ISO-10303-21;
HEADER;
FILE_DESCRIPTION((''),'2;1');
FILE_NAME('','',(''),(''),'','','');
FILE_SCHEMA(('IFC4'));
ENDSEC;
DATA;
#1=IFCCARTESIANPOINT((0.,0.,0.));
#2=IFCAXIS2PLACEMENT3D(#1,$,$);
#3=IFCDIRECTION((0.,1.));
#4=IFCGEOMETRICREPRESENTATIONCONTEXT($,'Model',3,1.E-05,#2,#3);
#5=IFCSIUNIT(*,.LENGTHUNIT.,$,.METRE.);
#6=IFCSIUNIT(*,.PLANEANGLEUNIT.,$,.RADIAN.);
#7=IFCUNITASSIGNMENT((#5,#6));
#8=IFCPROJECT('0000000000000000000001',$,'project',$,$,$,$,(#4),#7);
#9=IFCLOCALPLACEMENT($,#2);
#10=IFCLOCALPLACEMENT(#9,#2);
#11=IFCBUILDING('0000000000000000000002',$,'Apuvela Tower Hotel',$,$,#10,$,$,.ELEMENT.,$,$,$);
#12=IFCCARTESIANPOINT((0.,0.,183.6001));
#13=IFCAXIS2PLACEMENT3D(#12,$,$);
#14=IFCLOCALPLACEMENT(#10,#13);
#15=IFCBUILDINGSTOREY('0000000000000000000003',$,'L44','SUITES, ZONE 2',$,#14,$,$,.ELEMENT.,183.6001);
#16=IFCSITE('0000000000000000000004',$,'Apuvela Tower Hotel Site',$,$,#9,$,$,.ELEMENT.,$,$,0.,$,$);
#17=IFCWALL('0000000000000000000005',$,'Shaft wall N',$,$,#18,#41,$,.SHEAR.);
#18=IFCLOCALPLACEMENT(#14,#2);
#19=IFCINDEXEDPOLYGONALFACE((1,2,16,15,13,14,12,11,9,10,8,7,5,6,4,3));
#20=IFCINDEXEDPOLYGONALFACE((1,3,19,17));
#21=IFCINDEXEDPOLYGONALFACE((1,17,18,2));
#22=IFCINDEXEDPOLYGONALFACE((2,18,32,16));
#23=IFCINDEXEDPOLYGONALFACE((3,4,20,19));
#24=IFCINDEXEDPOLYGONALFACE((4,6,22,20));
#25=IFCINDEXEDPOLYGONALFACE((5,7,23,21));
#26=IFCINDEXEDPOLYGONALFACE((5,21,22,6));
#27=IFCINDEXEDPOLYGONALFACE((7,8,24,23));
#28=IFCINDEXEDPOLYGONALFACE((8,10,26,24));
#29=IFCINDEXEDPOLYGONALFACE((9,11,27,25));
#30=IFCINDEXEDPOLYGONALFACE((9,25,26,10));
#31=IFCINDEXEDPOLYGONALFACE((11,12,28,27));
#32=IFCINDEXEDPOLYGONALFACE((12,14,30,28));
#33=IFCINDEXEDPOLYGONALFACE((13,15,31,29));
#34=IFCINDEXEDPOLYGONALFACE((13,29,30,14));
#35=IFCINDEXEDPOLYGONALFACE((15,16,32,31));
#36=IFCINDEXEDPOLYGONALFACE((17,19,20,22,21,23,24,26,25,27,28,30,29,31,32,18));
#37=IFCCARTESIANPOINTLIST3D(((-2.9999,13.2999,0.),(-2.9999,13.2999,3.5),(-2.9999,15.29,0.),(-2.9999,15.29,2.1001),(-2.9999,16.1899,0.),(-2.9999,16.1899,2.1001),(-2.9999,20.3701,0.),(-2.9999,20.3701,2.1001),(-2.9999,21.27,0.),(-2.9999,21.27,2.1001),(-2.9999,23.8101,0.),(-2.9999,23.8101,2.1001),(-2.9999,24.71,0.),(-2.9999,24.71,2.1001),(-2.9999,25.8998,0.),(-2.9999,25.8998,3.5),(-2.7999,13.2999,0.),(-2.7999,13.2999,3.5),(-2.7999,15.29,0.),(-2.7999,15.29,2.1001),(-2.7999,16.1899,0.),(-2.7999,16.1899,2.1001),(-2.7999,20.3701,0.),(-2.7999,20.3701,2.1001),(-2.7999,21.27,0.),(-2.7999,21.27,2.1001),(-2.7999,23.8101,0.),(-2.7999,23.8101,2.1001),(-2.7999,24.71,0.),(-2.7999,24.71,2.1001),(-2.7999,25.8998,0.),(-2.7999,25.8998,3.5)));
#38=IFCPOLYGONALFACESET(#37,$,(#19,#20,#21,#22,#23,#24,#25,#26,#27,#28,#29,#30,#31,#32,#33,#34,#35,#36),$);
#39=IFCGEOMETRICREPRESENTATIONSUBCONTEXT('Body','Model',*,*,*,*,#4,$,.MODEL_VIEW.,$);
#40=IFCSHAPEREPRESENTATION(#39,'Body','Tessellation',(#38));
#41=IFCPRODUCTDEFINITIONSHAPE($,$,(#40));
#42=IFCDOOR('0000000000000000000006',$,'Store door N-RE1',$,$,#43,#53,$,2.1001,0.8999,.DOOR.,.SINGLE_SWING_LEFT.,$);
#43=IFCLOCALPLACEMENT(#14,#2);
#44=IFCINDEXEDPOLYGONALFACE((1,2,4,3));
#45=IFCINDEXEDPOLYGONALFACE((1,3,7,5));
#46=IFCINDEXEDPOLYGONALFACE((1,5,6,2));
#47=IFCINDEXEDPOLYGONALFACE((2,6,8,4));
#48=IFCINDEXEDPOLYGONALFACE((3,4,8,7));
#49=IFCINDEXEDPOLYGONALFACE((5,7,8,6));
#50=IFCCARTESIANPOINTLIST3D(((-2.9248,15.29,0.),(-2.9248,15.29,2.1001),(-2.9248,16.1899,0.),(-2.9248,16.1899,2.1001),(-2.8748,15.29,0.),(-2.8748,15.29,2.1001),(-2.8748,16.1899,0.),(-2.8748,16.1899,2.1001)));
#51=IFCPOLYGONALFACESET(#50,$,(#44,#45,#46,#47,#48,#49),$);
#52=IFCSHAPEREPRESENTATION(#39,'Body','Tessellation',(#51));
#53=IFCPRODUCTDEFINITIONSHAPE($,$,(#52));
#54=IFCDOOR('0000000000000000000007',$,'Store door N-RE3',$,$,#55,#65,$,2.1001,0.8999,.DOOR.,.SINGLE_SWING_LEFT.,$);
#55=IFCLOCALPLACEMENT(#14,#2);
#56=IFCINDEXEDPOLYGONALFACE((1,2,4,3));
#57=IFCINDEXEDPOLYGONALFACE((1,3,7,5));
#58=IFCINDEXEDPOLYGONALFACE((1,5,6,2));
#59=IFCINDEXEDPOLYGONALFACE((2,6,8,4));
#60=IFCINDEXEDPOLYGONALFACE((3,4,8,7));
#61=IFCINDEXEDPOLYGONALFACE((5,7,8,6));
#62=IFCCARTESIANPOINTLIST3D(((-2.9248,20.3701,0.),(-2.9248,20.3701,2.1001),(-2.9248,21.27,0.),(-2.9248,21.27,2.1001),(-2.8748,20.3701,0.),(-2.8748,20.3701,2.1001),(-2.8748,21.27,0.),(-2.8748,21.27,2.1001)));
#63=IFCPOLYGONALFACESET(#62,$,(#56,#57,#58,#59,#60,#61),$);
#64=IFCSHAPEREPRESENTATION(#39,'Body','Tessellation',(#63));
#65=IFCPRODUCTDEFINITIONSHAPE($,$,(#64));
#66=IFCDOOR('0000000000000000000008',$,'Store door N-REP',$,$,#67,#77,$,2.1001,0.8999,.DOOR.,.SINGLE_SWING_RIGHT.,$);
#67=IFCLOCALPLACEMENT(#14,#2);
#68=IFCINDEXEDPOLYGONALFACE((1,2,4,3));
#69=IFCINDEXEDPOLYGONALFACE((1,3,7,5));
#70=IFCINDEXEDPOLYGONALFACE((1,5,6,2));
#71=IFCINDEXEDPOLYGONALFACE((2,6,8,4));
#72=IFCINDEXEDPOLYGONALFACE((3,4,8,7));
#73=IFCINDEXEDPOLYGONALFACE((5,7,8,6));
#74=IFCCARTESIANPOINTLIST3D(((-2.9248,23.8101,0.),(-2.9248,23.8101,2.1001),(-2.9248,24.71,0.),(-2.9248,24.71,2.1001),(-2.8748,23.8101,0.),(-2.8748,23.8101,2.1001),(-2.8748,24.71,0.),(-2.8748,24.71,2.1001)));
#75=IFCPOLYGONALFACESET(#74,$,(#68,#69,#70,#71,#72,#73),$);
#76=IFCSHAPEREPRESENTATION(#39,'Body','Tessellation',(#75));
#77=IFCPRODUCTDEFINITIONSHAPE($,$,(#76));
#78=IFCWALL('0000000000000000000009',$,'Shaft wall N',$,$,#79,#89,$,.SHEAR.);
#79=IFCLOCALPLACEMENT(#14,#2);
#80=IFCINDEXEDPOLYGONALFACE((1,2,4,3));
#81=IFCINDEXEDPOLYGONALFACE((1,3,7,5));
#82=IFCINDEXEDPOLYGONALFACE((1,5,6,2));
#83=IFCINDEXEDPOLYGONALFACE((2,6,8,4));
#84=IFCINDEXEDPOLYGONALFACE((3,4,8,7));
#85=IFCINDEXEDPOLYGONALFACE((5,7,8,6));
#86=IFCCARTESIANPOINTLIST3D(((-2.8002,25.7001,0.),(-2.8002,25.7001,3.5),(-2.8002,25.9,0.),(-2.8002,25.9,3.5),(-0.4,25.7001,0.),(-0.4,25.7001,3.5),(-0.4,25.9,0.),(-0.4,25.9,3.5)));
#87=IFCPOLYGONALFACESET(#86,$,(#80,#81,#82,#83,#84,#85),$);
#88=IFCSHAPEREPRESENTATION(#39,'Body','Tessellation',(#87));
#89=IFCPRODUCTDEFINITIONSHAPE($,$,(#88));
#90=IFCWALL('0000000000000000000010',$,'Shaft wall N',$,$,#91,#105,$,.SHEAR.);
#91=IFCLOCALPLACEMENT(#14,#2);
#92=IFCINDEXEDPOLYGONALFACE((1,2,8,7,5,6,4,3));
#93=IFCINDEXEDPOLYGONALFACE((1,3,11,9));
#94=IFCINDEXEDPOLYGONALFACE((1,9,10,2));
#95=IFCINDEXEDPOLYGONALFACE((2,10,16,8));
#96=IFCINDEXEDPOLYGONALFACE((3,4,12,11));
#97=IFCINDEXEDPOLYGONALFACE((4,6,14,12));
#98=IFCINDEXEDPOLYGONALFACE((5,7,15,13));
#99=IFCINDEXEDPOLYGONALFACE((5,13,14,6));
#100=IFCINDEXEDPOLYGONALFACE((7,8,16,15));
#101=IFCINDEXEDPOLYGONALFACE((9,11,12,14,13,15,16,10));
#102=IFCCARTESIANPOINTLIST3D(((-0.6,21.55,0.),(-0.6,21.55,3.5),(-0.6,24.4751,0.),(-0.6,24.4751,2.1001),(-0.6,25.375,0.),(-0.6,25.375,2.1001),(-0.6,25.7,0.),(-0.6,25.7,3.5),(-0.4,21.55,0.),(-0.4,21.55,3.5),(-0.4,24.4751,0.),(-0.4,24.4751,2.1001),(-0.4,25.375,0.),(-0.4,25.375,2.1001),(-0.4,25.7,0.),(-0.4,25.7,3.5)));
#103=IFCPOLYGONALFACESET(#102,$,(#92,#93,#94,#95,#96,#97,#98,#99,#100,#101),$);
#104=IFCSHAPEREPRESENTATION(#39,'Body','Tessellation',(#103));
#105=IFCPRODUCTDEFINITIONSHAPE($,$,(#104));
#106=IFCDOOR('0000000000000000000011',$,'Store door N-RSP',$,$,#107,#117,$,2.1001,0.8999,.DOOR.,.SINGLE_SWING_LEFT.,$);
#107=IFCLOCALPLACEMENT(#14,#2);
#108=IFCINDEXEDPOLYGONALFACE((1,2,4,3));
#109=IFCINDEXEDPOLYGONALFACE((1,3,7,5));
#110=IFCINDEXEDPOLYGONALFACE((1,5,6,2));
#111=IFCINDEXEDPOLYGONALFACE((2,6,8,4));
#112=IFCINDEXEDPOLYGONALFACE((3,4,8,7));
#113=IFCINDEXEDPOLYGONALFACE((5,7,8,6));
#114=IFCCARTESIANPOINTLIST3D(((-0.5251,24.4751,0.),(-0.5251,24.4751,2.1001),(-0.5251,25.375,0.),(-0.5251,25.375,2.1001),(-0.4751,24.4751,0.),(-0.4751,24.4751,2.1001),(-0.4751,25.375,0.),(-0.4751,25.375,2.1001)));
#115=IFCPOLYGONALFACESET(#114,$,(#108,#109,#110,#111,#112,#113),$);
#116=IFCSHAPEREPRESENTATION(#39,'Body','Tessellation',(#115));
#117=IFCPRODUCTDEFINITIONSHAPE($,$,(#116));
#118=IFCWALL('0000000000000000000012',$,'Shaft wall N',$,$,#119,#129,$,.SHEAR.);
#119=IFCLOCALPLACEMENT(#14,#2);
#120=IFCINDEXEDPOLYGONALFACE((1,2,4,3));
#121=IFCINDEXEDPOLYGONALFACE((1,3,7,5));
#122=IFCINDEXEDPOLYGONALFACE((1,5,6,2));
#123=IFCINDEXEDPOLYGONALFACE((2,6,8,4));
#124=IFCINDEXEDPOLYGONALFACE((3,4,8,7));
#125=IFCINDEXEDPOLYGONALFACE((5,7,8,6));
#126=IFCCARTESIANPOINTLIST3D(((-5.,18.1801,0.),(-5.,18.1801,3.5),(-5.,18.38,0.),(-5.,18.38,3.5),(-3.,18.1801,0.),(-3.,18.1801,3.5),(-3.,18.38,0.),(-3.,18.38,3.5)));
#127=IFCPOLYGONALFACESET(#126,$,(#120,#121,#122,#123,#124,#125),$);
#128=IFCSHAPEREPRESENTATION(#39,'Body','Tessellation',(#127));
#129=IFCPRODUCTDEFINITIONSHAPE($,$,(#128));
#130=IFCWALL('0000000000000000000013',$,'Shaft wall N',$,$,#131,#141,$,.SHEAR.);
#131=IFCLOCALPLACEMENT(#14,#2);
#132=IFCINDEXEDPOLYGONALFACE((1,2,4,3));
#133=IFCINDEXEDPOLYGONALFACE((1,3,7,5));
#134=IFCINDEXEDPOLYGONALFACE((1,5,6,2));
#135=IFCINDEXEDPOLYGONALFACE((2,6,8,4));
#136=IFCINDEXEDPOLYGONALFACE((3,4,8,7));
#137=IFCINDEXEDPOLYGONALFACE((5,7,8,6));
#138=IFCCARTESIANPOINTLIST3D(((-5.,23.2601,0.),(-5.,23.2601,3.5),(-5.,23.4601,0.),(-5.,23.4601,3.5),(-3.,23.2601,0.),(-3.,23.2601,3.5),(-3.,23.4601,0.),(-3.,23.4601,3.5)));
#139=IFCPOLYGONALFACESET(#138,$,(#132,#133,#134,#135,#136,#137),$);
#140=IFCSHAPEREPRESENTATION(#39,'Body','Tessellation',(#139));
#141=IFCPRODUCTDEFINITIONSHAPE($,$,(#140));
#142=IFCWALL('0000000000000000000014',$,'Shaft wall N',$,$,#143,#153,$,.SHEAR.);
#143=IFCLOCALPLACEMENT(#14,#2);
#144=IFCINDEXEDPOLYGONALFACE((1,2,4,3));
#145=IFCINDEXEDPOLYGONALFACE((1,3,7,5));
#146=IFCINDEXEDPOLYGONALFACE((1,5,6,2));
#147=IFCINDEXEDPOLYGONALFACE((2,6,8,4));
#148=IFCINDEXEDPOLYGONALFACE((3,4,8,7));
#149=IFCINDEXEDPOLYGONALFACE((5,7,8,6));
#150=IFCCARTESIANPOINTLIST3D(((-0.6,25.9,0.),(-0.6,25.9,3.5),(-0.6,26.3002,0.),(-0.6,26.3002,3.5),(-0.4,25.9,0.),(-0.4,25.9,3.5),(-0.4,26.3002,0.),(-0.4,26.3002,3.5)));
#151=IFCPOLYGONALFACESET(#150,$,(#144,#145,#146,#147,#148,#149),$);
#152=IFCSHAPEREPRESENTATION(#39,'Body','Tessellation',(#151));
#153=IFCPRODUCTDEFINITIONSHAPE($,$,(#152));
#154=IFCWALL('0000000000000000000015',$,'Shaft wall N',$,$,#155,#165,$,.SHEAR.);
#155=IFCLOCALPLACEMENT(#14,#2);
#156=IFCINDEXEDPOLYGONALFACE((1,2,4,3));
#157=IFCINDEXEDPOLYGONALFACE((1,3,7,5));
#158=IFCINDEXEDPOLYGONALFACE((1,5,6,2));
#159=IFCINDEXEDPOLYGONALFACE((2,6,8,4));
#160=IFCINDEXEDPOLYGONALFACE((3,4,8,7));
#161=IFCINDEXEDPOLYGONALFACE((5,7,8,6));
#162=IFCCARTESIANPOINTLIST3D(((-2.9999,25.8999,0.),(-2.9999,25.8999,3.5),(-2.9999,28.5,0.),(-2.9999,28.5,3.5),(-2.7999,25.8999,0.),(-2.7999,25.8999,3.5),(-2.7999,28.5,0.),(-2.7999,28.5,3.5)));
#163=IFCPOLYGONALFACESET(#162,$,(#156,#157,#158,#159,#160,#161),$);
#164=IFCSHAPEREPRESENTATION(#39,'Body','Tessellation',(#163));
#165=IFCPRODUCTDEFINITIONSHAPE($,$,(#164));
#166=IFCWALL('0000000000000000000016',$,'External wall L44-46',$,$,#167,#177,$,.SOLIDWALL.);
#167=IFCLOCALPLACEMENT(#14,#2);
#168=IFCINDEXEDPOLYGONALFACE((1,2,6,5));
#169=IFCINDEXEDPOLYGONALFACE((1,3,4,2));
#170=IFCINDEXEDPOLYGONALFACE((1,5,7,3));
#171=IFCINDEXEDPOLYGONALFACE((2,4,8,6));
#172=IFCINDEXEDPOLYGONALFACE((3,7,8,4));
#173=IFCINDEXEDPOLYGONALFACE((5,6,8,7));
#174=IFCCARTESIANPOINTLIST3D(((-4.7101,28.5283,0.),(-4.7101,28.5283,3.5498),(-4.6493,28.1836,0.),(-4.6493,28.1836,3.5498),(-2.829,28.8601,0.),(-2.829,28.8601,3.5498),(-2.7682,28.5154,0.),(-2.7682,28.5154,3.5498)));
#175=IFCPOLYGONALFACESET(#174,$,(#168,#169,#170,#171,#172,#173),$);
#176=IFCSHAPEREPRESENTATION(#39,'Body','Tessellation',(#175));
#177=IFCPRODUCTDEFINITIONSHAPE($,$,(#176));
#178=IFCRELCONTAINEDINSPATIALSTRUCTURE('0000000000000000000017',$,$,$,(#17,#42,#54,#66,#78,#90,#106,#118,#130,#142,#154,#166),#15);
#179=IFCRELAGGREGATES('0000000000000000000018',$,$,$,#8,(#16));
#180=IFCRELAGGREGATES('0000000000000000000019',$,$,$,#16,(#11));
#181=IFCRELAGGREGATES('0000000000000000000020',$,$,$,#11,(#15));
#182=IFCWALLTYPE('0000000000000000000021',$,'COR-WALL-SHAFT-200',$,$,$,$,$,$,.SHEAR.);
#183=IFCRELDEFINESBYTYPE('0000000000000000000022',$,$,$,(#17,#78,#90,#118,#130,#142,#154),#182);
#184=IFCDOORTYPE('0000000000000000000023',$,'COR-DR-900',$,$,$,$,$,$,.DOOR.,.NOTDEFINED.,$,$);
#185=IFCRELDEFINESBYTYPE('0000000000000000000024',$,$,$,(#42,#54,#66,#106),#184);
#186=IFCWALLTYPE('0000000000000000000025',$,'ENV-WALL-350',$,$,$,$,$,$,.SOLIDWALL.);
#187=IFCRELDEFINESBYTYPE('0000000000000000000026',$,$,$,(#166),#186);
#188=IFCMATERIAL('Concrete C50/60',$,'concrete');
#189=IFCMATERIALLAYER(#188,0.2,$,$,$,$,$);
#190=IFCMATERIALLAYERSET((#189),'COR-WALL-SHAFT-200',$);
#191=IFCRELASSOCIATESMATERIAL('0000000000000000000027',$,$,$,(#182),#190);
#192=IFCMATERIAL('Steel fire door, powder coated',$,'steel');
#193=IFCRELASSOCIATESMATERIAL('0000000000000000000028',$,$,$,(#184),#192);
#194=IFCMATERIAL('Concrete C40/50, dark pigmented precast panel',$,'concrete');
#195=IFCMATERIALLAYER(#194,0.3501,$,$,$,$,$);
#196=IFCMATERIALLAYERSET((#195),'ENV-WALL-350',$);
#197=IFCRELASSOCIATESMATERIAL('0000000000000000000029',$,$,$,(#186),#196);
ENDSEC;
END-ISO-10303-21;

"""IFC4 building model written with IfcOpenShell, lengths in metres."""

from ifc_helpers import new_model, si_unit, direction, frame, frame_2d, origin, place, context, subcontext, project, spatial, rectangle, extrude, material, layer, layer_set, type_object, element, fill, save


model = new_model("IFC4")

# Units and contexts
model_context = context("Model", 3, precision=1e-05, world=origin(), true_north=direction((0.0, 1.0)))
body_context = subcontext(model_context, "Body", "Model", "MODEL_VIEW")
ifc_project = project(units=[si_unit("LENGTHUNIT", "METRE"), si_unit("PLANEANGLEUNIT", "RADIAN")], contexts=[model_context])

# Site, building, storey
site_placement = place(None, origin())
site = spatial("IfcSite", under=ifc_project, at=site_placement, Name="Apuvela Tower Hotel Site", CompositionType="ELEMENT", RefElevation=0.0)
building_placement = place(site_placement, origin())
building = spatial("IfcBuilding", under=site, at=building_placement, Name="Apuvela Tower Hotel", CompositionType="ELEMENT")
storey_placement = place(building_placement, frame((0.0, 0.0, 183.6001)))
storey = spatial("IfcBuildingStorey", under=building, at=storey_placement, Name="L44", Description="SUITES, ZONE 2", CompositionType="ELEMENT", Elevation=183.6001)

# Shared definitions
ifc_material_1 = material(Name="Concrete C50/60", Category="concrete")
ifc_layer_1 = layer(ifc_material_1, 0.2)
ifc_layer_set_1 = layer_set([ifc_layer_1], Name="COR-WALL-SHAFT-200")
wall_type_1 = type_object("IfcWallType", Name="COR-WALL-SHAFT-200", PredefinedType="SHEAR", material=ifc_layer_set_1)

# Wall, openings, doors
wall_1_placement = place(storey_placement, frame((-2.8999, 13.3, 0.0), z_axis=(0.0, 0.0, 1.0), x_axis=(0.0, 1.0, 0.0)))
wall_1 = element("IfcWall", 1, at=wall_1_placement, inside=storey, type_object=wall_type_1, Name="Shaft wall N", PredefinedType="SHEAR", context=body_context, shape_type="SweptSolid", body=[
    extrude(rectangle(XDim=12.5999, YDim=0.2, at=frame_2d((6.2998, 0.0))), origin(), (0.0, 0.0, 1.0), 3.5),
])
opening_1_placement = place(wall_1_placement, frame((1.99, 0.0, 0.0)))
opening_1 = element("IfcOpeningElement", 2, at=opening_1_placement, cuts=wall_1, PredefinedType="OPENING", context=body_context, shape_type="SweptSolid", body=[
    extrude(rectangle(XDim=0.8999, YDim=2.1001, at=frame_2d((0.45, 1.05))), frame((0.0, 0.1099, 0.0), z_axis=(0.0, -1.0, 0.0), x_axis=(1.0, 0.0, 0.0)), (0.0, 0.0, 1.0), 0.22),
])
opening_2_placement = place(wall_1_placement, frame((7.0701, 0.0, 0.0)))
opening_2 = element("IfcOpeningElement", 3, at=opening_2_placement, cuts=wall_1, PredefinedType="OPENING", context=body_context, shape_type="SweptSolid", body=[
    extrude(rectangle(XDim=0.8999, YDim=2.1001, at=frame_2d((0.45, 1.05))), frame((0.0, 0.1099, 0.0), z_axis=(0.0, -1.0, 0.0), x_axis=(1.0, 0.0, 0.0)), (0.0, 0.0, 1.0), 0.22),
])
opening_3_placement = place(wall_1_placement, frame((10.51, 0.0, 0.0)))
opening_3 = element("IfcOpeningElement", 4, at=opening_3_placement, cuts=wall_1, PredefinedType="OPENING", context=body_context, shape_type="SweptSolid", body=[
    extrude(rectangle(XDim=0.8999, YDim=2.1001, at=frame_2d((0.45, 1.05))), frame((0.0, 0.1099, 0.0), z_axis=(0.0, -1.0, 0.0), x_axis=(1.0, 0.0, 0.0)), (0.0, 0.0, 1.0), 0.22),
])
ifc_material_2 = material(Name="Steel fire door, powder coated", Category="steel")
door_type_1 = type_object("IfcDoorType", Name="COR-DR-900", OperationType="NOTDEFINED", PredefinedType="DOOR", material=ifc_material_2)
door_1_placement = place(opening_1_placement, origin())
door_1 = element("IfcDoor", 5, at=door_1_placement, inside=storey, type_object=door_type_1, Name="Store door N-RE1", OperationType="SINGLE_SWING_LEFT", OverallHeight=2.1001, OverallWidth=0.8999, PredefinedType="DOOR", context=body_context, shape_type="SweptSolid", body=[
    extrude(rectangle(XDim=0.8999, YDim=2.1001, at=frame_2d((0.45, 1.05))), frame((0.0, 0.0249, 0.0), z_axis=(0.0, -1.0, 0.0), x_axis=(1.0, 0.0, 0.0)), (0.0, 0.0, 1.0), 0.05),
])
fill(opening_1, door_1)
door_2_placement = place(opening_2_placement, origin())
door_2 = element("IfcDoor", 6, at=door_2_placement, inside=storey, type_object=door_type_1, Name="Store door N-RE3", OperationType="SINGLE_SWING_LEFT", OverallHeight=2.1001, OverallWidth=0.8999, PredefinedType="DOOR", context=body_context, shape_type="SweptSolid", body=[
    extrude(rectangle(XDim=0.8999, YDim=2.1001, at=frame_2d((0.45, 1.05))), frame((0.0, 0.0249, 0.0), z_axis=(0.0, -1.0, 0.0), x_axis=(1.0, 0.0, 0.0)), (0.0, 0.0, 1.0), 0.05),
])
fill(opening_2, door_2)
door_3_placement = place(opening_3_placement, origin())
door_3 = element("IfcDoor", 7, at=door_3_placement, inside=storey, type_object=door_type_1, Name="Store door N-REP", OperationType="SINGLE_SWING_RIGHT", OverallHeight=2.1001, OverallWidth=0.8999, PredefinedType="DOOR", context=body_context, shape_type="SweptSolid", body=[
    extrude(rectangle(XDim=0.8999, YDim=2.1001, at=frame_2d((0.45, 1.05))), frame((0.0, 0.0249, 0.0), z_axis=(0.0, -1.0, 0.0), x_axis=(1.0, 0.0, 0.0)), (0.0, 0.0, 1.0), 0.05),
])
fill(opening_3, door_3)

# Wall
wall_2_placement = place(storey_placement, frame((-0.3999, 25.8, 0.0), z_axis=(0.0, 0.0, 1.0), x_axis=(-1.0, 0.0, 0.0)))
element("IfcWall", 8, at=wall_2_placement, inside=storey, type_object=wall_type_1, Name="Shaft wall N", PredefinedType="SHEAR", context=body_context, shape_type="SweptSolid", body=[
    extrude(rectangle(XDim=2.4001, YDim=0.2, at=frame_2d((1.2002, 0.0))), origin(), (0.0, 0.0, 1.0), 3.5),
])

# Wall, opening, door
wall_3_placement = place(storey_placement, frame((-0.5, 21.55, 0.0), z_axis=(0.0, 0.0, 1.0), x_axis=(0.0, 1.0, 0.0)))
wall_3 = element("IfcWall", 9, at=wall_3_placement, inside=storey, type_object=wall_type_1, Name="Shaft wall N", PredefinedType="SHEAR", context=body_context, shape_type="SweptSolid", body=[
    extrude(rectangle(XDim=4.1499, YDim=0.2, at=frame_2d((2.075, 0.0))), origin(), (0.0, 0.0, 1.0), 3.5),
])
opening_4_placement = place(wall_3_placement, frame((2.925, 0.0, 0.0)))
opening_4 = element("IfcOpeningElement", 10, at=opening_4_placement, cuts=wall_3, PredefinedType="OPENING", context=body_context, shape_type="SweptSolid", body=[
    extrude(rectangle(XDim=0.8999, YDim=2.1001, at=frame_2d((0.45, 1.05))), frame((0.0, 0.1099, 0.0), z_axis=(0.0, -1.0, 0.0), x_axis=(1.0, 0.0, 0.0)), (0.0, 0.0, 1.0), 0.22),
])
door_4_placement = place(opening_4_placement, frame((0.8999, 0.0, 0.0), z_axis=(0.0, 0.0, 1.0), x_axis=(-1.0, 0.0, 0.0)))
door_4 = element("IfcDoor", 11, at=door_4_placement, inside=storey, type_object=door_type_1, Name="Store door N-RSP", OperationType="SINGLE_SWING_LEFT", OverallHeight=2.1001, OverallWidth=0.8999, PredefinedType="DOOR", context=body_context, shape_type="SweptSolid", body=[
    extrude(rectangle(XDim=0.8999, YDim=2.1001, at=frame_2d((0.45, 1.05))), frame((0.0, 0.0249, 0.0), z_axis=(0.0, -1.0, 0.0), x_axis=(1.0, 0.0, 0.0)), (0.0, 0.0, 1.0), 0.05),
])
fill(opening_4, door_4)

# Walls
for number, where, z_axis, x_axis, name in (
    (12, (-3.0, 18.28, 0.0), (0.0, 0.0, 1.0), (-1.0, 0.0, 0.0), "Shaft wall N"),
    (13, (-3.0, 23.3601, 0.0), (0.0, 0.0, 1.0), (-1.0, 0.0, 0.0), "Shaft wall N"),
):
    element("IfcWall", number, at=place(storey_placement, frame(where, z_axis=z_axis, x_axis=x_axis)), inside=storey, type_object=wall_type_1, Name=name, PredefinedType="SHEAR", context=body_context, shape_type="SweptSolid", body=[
        extrude(rectangle(XDim=2.0, YDim=0.2, at=frame_2d((1.0, 0.0))), origin(), (0.0, 0.0, 1.0), 3.5),
    ])
wall_4_placement = place(storey_placement, frame((-0.5, 25.8999, 0.0), z_axis=(0.0, 0.0, 1.0), x_axis=(0.0, 1.0, 0.0)))
element("IfcWall", 14, at=wall_4_placement, inside=storey, type_object=wall_type_1, Name="Shaft wall N", PredefinedType="SHEAR", context=body_context, shape_type="SweptSolid", body=[
    extrude(rectangle(XDim=0.4001, YDim=0.2, at=frame_2d((0.2002, 0.0))), origin(), (0.0, 0.0, 1.0), 3.5),
])
wall_5_placement = place(storey_placement, frame((-2.8999, 25.8999, 0.0), z_axis=(0.0, 0.0, 1.0), x_axis=(0.0, 1.0, 0.0)))
element("IfcWall", 15, at=wall_5_placement, inside=storey, type_object=wall_type_1, Name="Shaft wall N", PredefinedType="SHEAR", context=body_context, shape_type="SweptSolid", body=[
    extrude(rectangle(XDim=2.6001, YDim=0.2, at=frame_2d((1.3, 0.0))), origin(), (0.0, 0.0, 1.0), 3.5),
])

# Shared definitions
ifc_material_3 = material(Name="Concrete C40/50, dark pigmented precast panel", Category="concrete")
ifc_layer_2 = layer(ifc_material_3, 0.3501)
ifc_layer_set_2 = layer_set([ifc_layer_2], Name="ENV-WALL-350")
wall_type_2 = type_object("IfcWallType", Name="ENV-WALL-350", PredefinedType="SOLIDWALL", material=ifc_layer_set_2)

# Wall
for number, where, z_axis, x_axis, name in (
    (16, (-2.7986, 28.6877, 0.0), (0.0, 0.0, 1.0), (-0.984799, -0.173698, 0.0), "External wall L44-46"),
):
    element("IfcWall", number, at=place(storey_placement, frame(where, z_axis=z_axis, x_axis=x_axis)), inside=storey, type_object=wall_type_2, Name=name, PredefinedType="SOLIDWALL", context=body_context, shape_type="SweptSolid", body=[
        extrude(rectangle(XDim=1.9102, YDim=0.3501, at=frame_2d((0.9551, 0.0))), origin(), (0.0, 0.0, 1.0), 3.5498),
    ])

save(model, "model.ifc")
